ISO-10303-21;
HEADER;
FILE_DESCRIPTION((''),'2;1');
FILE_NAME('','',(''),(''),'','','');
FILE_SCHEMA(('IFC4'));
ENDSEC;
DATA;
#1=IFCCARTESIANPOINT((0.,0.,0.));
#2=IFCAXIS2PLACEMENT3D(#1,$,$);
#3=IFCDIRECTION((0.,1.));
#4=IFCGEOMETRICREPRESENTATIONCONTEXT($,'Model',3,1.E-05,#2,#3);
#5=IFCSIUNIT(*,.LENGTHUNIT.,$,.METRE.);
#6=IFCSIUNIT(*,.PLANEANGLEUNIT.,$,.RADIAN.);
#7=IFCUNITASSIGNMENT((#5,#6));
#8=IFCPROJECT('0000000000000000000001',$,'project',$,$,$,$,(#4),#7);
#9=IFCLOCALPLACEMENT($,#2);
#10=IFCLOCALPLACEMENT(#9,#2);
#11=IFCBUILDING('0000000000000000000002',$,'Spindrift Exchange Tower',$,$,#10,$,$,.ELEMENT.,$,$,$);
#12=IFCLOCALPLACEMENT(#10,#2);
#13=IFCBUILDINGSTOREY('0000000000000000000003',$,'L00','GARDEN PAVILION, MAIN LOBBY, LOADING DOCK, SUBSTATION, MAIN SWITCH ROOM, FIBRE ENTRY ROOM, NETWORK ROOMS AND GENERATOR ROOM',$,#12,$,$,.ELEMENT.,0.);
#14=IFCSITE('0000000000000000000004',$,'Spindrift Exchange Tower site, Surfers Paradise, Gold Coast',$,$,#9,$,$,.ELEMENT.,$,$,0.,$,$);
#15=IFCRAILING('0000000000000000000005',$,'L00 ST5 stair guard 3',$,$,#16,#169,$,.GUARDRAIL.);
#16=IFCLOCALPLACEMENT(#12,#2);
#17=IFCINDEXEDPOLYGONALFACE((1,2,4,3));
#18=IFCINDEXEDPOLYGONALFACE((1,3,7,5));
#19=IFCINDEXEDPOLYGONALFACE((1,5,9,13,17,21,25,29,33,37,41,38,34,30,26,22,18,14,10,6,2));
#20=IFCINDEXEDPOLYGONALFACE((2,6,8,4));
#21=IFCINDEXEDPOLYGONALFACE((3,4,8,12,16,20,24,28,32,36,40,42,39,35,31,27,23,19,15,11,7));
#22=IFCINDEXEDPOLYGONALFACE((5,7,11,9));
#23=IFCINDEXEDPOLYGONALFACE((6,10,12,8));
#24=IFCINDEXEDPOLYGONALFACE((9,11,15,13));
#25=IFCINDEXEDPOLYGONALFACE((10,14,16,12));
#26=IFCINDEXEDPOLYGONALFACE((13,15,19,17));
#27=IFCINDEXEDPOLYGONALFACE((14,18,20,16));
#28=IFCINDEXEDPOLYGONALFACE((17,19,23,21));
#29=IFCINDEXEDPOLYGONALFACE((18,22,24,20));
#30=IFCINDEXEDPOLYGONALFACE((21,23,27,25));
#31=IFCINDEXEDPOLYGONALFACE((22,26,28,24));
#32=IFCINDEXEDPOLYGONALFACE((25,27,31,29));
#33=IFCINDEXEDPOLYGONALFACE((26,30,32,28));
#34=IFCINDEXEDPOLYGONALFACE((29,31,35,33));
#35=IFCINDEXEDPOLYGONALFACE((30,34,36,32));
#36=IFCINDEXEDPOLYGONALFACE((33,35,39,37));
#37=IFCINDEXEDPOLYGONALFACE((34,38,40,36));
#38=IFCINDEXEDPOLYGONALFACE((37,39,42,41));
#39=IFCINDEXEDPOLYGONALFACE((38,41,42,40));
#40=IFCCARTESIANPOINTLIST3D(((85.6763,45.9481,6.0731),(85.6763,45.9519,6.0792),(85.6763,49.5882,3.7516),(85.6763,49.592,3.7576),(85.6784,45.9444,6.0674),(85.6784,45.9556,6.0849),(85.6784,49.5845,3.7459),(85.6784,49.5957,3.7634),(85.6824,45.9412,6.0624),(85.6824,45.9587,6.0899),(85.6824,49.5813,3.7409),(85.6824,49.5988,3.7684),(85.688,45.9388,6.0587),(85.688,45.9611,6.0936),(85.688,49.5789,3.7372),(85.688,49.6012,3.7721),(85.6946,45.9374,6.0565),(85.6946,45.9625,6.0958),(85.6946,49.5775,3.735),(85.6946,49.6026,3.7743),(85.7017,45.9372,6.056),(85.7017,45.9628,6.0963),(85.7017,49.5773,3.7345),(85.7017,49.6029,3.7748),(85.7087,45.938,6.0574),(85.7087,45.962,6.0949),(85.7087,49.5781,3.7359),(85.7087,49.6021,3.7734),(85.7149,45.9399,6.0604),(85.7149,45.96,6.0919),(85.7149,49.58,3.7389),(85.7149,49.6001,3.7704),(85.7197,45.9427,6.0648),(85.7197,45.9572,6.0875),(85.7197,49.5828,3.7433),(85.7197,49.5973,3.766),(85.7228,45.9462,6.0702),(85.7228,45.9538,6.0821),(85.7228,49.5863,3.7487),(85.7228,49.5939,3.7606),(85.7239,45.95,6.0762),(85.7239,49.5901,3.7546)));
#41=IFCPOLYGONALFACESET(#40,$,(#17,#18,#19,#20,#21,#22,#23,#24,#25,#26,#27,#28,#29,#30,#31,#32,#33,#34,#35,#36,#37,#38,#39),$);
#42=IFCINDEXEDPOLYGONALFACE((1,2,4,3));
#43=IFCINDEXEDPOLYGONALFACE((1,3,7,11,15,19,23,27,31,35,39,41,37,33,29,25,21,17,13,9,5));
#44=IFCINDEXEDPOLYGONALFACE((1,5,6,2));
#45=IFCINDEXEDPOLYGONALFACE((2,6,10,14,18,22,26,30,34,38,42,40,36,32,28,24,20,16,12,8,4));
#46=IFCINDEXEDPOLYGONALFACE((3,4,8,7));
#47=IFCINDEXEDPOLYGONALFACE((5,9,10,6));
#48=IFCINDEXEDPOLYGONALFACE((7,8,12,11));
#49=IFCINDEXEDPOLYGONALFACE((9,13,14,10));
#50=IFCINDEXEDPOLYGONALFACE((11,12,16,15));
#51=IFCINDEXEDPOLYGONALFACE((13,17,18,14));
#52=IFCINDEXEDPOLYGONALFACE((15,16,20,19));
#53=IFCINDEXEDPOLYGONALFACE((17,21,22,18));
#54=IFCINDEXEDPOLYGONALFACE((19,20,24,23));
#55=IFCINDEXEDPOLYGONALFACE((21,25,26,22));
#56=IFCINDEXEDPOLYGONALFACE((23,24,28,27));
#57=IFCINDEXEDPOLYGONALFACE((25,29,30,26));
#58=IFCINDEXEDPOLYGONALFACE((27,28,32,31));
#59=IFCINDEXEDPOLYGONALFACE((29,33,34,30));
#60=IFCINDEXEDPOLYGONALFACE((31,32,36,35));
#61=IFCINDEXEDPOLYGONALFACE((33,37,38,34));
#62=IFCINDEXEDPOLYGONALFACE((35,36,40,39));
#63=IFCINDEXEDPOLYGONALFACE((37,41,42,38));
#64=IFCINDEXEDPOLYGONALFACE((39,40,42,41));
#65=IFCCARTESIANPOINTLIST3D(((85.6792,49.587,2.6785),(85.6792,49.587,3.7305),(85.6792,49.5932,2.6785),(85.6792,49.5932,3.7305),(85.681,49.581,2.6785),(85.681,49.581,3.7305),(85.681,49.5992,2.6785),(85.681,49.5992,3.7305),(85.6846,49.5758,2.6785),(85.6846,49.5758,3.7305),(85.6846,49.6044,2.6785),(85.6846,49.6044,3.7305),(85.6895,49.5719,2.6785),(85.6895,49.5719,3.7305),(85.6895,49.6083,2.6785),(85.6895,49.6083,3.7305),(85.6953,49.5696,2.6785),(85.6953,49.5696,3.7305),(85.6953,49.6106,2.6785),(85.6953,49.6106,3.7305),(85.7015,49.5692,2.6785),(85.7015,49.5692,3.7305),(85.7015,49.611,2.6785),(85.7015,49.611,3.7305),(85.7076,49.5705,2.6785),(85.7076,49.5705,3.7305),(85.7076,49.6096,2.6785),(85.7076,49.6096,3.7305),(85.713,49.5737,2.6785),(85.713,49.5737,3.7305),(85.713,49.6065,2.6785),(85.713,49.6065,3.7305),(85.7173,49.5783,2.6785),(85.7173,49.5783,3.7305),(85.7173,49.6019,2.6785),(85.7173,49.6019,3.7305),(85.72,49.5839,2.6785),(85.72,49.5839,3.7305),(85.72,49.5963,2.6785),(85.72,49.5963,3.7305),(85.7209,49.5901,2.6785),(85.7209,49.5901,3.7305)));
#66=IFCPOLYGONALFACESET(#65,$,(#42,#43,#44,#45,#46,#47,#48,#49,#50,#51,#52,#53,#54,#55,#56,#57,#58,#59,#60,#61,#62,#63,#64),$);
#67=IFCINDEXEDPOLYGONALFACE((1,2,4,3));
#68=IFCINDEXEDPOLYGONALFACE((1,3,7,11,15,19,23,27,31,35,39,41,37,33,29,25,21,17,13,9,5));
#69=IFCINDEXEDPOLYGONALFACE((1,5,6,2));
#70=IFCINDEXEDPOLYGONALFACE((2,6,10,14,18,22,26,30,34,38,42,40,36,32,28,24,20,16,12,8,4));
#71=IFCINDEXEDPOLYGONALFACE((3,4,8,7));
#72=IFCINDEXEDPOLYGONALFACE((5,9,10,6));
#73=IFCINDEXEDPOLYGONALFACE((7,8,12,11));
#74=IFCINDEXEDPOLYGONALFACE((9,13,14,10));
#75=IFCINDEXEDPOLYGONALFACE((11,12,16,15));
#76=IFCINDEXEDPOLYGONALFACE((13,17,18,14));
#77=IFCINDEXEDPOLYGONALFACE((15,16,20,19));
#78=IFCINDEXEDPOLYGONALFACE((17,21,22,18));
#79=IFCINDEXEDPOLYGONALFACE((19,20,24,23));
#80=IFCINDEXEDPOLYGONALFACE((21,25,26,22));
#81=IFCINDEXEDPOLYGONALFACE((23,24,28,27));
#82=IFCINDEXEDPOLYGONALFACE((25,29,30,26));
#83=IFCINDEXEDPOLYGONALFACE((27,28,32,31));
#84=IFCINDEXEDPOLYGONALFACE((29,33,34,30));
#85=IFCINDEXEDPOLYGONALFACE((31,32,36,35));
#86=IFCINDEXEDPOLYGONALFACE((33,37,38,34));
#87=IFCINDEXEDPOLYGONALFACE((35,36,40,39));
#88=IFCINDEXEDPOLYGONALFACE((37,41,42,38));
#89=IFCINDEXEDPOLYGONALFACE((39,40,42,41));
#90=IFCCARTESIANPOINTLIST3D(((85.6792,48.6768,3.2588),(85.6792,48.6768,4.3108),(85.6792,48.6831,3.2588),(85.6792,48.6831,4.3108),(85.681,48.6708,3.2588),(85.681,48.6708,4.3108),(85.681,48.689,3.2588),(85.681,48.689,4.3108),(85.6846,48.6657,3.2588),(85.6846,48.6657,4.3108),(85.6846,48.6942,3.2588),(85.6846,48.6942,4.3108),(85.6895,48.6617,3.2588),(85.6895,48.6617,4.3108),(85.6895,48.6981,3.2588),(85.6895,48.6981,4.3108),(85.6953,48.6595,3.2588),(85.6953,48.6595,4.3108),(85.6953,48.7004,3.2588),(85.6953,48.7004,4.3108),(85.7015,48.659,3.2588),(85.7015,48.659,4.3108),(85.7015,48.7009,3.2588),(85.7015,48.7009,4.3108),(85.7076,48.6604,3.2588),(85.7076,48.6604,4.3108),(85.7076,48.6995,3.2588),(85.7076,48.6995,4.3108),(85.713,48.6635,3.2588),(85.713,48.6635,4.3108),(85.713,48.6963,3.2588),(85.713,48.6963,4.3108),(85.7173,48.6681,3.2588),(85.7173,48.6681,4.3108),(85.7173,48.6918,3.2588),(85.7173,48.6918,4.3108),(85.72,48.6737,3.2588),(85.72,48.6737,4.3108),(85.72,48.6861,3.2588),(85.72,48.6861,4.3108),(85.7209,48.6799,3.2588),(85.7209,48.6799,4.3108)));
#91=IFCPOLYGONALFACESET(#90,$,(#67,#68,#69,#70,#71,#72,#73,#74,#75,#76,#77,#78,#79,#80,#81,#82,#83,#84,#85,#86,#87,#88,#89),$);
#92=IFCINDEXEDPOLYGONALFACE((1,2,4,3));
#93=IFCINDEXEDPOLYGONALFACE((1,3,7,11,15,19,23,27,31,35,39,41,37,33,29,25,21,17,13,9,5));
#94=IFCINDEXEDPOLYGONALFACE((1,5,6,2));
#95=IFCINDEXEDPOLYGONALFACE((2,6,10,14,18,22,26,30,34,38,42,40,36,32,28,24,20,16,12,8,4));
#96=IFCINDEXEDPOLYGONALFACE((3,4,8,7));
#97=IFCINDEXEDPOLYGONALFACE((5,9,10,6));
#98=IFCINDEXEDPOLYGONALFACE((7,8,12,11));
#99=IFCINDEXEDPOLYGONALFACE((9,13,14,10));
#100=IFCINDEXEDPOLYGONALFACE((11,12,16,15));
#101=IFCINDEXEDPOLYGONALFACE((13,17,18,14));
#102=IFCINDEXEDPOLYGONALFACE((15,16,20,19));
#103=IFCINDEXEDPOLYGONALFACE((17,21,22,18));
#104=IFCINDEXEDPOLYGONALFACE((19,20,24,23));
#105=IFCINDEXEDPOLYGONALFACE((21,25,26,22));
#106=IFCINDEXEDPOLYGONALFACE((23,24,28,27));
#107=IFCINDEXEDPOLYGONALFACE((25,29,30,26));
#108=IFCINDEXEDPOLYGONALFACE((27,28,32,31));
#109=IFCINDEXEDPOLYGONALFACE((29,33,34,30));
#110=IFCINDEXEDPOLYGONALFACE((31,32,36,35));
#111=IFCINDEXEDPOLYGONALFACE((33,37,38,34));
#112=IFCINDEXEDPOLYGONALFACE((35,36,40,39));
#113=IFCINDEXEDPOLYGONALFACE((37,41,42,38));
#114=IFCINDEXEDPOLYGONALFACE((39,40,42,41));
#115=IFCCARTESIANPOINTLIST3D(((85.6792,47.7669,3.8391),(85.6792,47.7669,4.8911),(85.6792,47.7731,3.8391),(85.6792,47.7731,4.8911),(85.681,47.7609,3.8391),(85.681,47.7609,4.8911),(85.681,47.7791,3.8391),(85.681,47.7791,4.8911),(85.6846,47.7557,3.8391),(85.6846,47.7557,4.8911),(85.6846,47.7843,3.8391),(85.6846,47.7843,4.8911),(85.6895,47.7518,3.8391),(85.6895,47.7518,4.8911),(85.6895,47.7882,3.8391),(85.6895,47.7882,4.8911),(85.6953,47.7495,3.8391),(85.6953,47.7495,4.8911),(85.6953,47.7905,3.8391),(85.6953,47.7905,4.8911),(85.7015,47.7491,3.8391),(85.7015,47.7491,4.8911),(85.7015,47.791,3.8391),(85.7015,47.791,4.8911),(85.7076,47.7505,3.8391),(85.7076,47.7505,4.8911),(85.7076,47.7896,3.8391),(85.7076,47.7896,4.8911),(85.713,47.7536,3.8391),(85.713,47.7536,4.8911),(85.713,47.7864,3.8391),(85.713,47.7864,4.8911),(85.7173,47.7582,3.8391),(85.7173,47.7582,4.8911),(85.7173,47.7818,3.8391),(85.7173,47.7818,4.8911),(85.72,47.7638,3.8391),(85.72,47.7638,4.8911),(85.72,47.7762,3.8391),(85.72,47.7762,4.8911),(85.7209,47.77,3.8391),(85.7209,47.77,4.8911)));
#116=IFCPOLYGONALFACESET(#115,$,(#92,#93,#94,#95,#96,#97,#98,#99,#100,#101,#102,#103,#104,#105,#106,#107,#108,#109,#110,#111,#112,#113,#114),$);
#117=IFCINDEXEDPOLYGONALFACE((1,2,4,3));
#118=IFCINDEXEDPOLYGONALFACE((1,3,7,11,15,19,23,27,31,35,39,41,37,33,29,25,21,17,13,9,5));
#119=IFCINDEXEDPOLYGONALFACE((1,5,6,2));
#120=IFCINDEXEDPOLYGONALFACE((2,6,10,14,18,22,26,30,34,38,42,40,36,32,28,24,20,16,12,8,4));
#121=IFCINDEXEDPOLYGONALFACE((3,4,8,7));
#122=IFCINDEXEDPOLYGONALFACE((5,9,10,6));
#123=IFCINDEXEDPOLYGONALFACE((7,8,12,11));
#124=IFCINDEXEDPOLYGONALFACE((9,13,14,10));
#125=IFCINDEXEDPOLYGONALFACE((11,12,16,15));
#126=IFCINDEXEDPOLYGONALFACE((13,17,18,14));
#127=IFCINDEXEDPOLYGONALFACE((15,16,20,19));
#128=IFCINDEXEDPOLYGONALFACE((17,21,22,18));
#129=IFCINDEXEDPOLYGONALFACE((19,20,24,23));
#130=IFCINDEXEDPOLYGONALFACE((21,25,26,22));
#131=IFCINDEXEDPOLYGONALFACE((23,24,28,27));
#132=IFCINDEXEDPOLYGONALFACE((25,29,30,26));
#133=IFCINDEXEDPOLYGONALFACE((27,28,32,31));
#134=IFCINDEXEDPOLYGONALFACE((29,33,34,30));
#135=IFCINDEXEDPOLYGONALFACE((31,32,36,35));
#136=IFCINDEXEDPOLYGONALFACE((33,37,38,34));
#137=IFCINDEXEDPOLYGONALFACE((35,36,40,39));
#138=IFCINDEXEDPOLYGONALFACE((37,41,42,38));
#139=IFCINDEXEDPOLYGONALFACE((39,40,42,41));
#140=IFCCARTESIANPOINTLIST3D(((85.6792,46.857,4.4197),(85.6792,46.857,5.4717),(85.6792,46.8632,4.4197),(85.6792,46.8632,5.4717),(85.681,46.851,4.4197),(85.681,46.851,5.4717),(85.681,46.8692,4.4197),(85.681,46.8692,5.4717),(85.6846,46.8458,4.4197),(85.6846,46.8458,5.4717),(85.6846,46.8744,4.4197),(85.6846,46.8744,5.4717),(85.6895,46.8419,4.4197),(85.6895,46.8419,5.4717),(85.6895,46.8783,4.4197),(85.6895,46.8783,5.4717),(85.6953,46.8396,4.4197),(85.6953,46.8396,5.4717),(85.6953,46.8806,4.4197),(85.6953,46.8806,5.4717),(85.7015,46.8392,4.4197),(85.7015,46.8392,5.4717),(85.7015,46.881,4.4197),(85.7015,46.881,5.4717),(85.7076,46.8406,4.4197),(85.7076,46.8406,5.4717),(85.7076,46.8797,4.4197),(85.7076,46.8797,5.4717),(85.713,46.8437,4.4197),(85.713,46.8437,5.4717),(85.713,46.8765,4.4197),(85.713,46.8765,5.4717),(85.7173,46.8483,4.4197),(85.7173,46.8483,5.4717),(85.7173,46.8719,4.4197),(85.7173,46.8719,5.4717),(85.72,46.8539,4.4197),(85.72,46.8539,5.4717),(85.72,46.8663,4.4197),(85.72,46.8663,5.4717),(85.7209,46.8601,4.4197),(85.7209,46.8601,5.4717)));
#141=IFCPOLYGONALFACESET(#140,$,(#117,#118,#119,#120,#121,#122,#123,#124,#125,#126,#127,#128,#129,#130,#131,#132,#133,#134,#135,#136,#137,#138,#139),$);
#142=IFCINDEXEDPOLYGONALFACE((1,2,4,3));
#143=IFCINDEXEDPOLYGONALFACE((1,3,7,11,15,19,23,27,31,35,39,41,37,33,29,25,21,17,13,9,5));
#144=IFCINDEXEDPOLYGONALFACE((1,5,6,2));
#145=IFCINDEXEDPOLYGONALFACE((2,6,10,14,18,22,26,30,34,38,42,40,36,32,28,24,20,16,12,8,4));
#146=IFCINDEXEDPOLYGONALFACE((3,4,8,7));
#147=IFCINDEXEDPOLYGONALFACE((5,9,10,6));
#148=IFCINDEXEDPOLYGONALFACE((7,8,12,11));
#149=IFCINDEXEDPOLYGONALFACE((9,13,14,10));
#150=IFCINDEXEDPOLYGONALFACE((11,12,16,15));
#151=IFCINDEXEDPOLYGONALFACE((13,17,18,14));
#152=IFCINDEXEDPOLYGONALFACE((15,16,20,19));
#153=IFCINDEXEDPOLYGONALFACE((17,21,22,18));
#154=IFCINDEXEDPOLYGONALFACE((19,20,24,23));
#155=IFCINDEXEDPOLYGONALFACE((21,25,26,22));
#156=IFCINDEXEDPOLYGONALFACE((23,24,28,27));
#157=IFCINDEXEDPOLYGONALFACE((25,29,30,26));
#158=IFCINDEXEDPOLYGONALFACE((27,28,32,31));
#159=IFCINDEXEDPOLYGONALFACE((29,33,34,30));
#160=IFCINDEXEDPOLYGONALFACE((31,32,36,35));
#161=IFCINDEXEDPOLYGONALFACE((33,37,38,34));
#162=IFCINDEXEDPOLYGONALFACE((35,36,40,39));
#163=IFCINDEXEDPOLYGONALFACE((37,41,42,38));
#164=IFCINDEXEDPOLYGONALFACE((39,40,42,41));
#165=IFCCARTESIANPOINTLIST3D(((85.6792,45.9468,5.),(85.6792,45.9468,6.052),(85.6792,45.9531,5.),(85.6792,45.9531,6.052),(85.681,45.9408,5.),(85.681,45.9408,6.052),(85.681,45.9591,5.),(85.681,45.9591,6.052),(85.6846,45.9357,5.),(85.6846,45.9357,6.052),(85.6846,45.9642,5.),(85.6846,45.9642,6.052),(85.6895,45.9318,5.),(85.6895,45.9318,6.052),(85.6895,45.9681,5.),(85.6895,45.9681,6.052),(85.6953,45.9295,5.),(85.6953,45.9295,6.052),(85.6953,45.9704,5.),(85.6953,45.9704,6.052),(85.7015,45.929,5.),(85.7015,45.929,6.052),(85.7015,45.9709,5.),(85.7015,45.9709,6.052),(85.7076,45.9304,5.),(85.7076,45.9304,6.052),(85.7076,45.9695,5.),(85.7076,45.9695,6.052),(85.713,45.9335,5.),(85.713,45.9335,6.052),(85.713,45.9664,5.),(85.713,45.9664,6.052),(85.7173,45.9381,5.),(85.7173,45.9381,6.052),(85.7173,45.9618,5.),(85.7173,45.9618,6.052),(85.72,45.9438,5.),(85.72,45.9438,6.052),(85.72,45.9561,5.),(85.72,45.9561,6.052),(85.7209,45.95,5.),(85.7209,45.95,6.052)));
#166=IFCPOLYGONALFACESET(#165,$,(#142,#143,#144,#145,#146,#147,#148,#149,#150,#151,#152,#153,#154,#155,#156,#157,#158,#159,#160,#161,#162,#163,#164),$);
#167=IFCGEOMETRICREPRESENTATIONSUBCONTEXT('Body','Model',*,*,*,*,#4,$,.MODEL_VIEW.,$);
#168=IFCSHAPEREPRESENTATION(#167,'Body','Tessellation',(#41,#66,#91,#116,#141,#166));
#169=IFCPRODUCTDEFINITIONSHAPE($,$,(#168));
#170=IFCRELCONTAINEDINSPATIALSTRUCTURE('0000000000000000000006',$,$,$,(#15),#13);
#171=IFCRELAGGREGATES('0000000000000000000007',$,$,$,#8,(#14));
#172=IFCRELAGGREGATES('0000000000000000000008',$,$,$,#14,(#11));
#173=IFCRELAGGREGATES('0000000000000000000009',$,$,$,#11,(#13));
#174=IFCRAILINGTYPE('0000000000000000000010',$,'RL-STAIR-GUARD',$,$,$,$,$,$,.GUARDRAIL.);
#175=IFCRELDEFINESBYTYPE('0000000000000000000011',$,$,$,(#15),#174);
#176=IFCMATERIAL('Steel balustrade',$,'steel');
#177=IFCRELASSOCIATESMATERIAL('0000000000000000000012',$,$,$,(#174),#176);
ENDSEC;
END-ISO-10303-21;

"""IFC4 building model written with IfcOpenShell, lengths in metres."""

from ifc_helpers import new_model, si_unit, direction, frame, origin, origin_2d, place, context, subcontext, project, spatial, circle, extrude, material, type_object, element, save


model = new_model("IFC4")

# Units and contexts
model_context = context("Model", 3, precision=1e-05, world=origin(), true_north=direction((0.0, 1.0)))
body_context = subcontext(model_context, "Body", "Model", "MODEL_VIEW")
ifc_project = project(units=[si_unit("LENGTHUNIT", "METRE"), si_unit("PLANEANGLEUNIT", "RADIAN")], contexts=[model_context])

# Site, building, storey
site_placement = place(None, origin())
site = spatial("IfcSite", under=ifc_project, at=site_placement, Name="Spindrift Exchange Tower site, Surfers Paradise, Gold Coast", CompositionType="ELEMENT", RefElevation=0.0)
building_placement = place(site_placement, origin())
building = spatial("IfcBuilding", under=site, at=building_placement, Name="Spindrift Exchange Tower", CompositionType="ELEMENT")
storey_placement = place(building_placement, origin())
storey = spatial("IfcBuildingStorey", under=building, at=storey_placement, Name="L00", Description="GARDEN PAVILION, MAIN LOBBY, LOADING DOCK, SUBSTATION, MAIN SWITCH ROOM, FIBRE ENTRY ROOM, NETWORK ROOMS AND GENERATOR ROOM", CompositionType="ELEMENT", Elevation=0.0)

# Railing
ifc_material_1 = material(Name="Steel balustrade", Category="steel")
railing_type_1 = type_object("IfcRailingType", Name="RL-STAIR-GUARD", PredefinedType="GUARDRAIL", material=ifc_material_1)
railing_1_placement = place(storey_placement, frame((85.7, 49.5901, 2.6785)))
element("IfcRailing", 1, at=railing_1_placement, inside=storey, type_object=railing_type_1, Name="L00 ST5 stair guard 3", PredefinedType="GUARDRAIL", context=body_context, shape_type="SweptSolid", body=[
    extrude(circle(Radius=0.0239, at=origin_2d()), frame((0.0, 0.0, 1.0762), z_axis=(0.0, -0.843128, 0.537713), x_axis=(1.0, 0.0, 0.0)), (0.0, 0.0, 1.0), 4.3174),
    extrude(circle(Radius=0.021, at=origin_2d()), origin(), (0.0, 0.0, 1.0), 1.052),
    extrude(circle(Radius=0.021, at=origin_2d()), frame((0.0, -0.9102, 0.5803)), (0.0, 0.0, 1.0), 1.052),
    extrude(circle(Radius=0.021, at=origin_2d()), frame((0.0, -1.8201, 1.1606)), (0.0, 0.0, 1.0), 1.052),
    extrude(circle(Radius=0.021, at=origin_2d()), frame((0.0, -2.73, 1.7412)), (0.0, 0.0, 1.0), 1.052),
    extrude(circle(Radius=0.021, at=origin_2d()), frame((0.0, -3.6401, 2.3215)), (0.0, 0.0, 1.0), 1.052),
])

save(model, "model.ifc")
